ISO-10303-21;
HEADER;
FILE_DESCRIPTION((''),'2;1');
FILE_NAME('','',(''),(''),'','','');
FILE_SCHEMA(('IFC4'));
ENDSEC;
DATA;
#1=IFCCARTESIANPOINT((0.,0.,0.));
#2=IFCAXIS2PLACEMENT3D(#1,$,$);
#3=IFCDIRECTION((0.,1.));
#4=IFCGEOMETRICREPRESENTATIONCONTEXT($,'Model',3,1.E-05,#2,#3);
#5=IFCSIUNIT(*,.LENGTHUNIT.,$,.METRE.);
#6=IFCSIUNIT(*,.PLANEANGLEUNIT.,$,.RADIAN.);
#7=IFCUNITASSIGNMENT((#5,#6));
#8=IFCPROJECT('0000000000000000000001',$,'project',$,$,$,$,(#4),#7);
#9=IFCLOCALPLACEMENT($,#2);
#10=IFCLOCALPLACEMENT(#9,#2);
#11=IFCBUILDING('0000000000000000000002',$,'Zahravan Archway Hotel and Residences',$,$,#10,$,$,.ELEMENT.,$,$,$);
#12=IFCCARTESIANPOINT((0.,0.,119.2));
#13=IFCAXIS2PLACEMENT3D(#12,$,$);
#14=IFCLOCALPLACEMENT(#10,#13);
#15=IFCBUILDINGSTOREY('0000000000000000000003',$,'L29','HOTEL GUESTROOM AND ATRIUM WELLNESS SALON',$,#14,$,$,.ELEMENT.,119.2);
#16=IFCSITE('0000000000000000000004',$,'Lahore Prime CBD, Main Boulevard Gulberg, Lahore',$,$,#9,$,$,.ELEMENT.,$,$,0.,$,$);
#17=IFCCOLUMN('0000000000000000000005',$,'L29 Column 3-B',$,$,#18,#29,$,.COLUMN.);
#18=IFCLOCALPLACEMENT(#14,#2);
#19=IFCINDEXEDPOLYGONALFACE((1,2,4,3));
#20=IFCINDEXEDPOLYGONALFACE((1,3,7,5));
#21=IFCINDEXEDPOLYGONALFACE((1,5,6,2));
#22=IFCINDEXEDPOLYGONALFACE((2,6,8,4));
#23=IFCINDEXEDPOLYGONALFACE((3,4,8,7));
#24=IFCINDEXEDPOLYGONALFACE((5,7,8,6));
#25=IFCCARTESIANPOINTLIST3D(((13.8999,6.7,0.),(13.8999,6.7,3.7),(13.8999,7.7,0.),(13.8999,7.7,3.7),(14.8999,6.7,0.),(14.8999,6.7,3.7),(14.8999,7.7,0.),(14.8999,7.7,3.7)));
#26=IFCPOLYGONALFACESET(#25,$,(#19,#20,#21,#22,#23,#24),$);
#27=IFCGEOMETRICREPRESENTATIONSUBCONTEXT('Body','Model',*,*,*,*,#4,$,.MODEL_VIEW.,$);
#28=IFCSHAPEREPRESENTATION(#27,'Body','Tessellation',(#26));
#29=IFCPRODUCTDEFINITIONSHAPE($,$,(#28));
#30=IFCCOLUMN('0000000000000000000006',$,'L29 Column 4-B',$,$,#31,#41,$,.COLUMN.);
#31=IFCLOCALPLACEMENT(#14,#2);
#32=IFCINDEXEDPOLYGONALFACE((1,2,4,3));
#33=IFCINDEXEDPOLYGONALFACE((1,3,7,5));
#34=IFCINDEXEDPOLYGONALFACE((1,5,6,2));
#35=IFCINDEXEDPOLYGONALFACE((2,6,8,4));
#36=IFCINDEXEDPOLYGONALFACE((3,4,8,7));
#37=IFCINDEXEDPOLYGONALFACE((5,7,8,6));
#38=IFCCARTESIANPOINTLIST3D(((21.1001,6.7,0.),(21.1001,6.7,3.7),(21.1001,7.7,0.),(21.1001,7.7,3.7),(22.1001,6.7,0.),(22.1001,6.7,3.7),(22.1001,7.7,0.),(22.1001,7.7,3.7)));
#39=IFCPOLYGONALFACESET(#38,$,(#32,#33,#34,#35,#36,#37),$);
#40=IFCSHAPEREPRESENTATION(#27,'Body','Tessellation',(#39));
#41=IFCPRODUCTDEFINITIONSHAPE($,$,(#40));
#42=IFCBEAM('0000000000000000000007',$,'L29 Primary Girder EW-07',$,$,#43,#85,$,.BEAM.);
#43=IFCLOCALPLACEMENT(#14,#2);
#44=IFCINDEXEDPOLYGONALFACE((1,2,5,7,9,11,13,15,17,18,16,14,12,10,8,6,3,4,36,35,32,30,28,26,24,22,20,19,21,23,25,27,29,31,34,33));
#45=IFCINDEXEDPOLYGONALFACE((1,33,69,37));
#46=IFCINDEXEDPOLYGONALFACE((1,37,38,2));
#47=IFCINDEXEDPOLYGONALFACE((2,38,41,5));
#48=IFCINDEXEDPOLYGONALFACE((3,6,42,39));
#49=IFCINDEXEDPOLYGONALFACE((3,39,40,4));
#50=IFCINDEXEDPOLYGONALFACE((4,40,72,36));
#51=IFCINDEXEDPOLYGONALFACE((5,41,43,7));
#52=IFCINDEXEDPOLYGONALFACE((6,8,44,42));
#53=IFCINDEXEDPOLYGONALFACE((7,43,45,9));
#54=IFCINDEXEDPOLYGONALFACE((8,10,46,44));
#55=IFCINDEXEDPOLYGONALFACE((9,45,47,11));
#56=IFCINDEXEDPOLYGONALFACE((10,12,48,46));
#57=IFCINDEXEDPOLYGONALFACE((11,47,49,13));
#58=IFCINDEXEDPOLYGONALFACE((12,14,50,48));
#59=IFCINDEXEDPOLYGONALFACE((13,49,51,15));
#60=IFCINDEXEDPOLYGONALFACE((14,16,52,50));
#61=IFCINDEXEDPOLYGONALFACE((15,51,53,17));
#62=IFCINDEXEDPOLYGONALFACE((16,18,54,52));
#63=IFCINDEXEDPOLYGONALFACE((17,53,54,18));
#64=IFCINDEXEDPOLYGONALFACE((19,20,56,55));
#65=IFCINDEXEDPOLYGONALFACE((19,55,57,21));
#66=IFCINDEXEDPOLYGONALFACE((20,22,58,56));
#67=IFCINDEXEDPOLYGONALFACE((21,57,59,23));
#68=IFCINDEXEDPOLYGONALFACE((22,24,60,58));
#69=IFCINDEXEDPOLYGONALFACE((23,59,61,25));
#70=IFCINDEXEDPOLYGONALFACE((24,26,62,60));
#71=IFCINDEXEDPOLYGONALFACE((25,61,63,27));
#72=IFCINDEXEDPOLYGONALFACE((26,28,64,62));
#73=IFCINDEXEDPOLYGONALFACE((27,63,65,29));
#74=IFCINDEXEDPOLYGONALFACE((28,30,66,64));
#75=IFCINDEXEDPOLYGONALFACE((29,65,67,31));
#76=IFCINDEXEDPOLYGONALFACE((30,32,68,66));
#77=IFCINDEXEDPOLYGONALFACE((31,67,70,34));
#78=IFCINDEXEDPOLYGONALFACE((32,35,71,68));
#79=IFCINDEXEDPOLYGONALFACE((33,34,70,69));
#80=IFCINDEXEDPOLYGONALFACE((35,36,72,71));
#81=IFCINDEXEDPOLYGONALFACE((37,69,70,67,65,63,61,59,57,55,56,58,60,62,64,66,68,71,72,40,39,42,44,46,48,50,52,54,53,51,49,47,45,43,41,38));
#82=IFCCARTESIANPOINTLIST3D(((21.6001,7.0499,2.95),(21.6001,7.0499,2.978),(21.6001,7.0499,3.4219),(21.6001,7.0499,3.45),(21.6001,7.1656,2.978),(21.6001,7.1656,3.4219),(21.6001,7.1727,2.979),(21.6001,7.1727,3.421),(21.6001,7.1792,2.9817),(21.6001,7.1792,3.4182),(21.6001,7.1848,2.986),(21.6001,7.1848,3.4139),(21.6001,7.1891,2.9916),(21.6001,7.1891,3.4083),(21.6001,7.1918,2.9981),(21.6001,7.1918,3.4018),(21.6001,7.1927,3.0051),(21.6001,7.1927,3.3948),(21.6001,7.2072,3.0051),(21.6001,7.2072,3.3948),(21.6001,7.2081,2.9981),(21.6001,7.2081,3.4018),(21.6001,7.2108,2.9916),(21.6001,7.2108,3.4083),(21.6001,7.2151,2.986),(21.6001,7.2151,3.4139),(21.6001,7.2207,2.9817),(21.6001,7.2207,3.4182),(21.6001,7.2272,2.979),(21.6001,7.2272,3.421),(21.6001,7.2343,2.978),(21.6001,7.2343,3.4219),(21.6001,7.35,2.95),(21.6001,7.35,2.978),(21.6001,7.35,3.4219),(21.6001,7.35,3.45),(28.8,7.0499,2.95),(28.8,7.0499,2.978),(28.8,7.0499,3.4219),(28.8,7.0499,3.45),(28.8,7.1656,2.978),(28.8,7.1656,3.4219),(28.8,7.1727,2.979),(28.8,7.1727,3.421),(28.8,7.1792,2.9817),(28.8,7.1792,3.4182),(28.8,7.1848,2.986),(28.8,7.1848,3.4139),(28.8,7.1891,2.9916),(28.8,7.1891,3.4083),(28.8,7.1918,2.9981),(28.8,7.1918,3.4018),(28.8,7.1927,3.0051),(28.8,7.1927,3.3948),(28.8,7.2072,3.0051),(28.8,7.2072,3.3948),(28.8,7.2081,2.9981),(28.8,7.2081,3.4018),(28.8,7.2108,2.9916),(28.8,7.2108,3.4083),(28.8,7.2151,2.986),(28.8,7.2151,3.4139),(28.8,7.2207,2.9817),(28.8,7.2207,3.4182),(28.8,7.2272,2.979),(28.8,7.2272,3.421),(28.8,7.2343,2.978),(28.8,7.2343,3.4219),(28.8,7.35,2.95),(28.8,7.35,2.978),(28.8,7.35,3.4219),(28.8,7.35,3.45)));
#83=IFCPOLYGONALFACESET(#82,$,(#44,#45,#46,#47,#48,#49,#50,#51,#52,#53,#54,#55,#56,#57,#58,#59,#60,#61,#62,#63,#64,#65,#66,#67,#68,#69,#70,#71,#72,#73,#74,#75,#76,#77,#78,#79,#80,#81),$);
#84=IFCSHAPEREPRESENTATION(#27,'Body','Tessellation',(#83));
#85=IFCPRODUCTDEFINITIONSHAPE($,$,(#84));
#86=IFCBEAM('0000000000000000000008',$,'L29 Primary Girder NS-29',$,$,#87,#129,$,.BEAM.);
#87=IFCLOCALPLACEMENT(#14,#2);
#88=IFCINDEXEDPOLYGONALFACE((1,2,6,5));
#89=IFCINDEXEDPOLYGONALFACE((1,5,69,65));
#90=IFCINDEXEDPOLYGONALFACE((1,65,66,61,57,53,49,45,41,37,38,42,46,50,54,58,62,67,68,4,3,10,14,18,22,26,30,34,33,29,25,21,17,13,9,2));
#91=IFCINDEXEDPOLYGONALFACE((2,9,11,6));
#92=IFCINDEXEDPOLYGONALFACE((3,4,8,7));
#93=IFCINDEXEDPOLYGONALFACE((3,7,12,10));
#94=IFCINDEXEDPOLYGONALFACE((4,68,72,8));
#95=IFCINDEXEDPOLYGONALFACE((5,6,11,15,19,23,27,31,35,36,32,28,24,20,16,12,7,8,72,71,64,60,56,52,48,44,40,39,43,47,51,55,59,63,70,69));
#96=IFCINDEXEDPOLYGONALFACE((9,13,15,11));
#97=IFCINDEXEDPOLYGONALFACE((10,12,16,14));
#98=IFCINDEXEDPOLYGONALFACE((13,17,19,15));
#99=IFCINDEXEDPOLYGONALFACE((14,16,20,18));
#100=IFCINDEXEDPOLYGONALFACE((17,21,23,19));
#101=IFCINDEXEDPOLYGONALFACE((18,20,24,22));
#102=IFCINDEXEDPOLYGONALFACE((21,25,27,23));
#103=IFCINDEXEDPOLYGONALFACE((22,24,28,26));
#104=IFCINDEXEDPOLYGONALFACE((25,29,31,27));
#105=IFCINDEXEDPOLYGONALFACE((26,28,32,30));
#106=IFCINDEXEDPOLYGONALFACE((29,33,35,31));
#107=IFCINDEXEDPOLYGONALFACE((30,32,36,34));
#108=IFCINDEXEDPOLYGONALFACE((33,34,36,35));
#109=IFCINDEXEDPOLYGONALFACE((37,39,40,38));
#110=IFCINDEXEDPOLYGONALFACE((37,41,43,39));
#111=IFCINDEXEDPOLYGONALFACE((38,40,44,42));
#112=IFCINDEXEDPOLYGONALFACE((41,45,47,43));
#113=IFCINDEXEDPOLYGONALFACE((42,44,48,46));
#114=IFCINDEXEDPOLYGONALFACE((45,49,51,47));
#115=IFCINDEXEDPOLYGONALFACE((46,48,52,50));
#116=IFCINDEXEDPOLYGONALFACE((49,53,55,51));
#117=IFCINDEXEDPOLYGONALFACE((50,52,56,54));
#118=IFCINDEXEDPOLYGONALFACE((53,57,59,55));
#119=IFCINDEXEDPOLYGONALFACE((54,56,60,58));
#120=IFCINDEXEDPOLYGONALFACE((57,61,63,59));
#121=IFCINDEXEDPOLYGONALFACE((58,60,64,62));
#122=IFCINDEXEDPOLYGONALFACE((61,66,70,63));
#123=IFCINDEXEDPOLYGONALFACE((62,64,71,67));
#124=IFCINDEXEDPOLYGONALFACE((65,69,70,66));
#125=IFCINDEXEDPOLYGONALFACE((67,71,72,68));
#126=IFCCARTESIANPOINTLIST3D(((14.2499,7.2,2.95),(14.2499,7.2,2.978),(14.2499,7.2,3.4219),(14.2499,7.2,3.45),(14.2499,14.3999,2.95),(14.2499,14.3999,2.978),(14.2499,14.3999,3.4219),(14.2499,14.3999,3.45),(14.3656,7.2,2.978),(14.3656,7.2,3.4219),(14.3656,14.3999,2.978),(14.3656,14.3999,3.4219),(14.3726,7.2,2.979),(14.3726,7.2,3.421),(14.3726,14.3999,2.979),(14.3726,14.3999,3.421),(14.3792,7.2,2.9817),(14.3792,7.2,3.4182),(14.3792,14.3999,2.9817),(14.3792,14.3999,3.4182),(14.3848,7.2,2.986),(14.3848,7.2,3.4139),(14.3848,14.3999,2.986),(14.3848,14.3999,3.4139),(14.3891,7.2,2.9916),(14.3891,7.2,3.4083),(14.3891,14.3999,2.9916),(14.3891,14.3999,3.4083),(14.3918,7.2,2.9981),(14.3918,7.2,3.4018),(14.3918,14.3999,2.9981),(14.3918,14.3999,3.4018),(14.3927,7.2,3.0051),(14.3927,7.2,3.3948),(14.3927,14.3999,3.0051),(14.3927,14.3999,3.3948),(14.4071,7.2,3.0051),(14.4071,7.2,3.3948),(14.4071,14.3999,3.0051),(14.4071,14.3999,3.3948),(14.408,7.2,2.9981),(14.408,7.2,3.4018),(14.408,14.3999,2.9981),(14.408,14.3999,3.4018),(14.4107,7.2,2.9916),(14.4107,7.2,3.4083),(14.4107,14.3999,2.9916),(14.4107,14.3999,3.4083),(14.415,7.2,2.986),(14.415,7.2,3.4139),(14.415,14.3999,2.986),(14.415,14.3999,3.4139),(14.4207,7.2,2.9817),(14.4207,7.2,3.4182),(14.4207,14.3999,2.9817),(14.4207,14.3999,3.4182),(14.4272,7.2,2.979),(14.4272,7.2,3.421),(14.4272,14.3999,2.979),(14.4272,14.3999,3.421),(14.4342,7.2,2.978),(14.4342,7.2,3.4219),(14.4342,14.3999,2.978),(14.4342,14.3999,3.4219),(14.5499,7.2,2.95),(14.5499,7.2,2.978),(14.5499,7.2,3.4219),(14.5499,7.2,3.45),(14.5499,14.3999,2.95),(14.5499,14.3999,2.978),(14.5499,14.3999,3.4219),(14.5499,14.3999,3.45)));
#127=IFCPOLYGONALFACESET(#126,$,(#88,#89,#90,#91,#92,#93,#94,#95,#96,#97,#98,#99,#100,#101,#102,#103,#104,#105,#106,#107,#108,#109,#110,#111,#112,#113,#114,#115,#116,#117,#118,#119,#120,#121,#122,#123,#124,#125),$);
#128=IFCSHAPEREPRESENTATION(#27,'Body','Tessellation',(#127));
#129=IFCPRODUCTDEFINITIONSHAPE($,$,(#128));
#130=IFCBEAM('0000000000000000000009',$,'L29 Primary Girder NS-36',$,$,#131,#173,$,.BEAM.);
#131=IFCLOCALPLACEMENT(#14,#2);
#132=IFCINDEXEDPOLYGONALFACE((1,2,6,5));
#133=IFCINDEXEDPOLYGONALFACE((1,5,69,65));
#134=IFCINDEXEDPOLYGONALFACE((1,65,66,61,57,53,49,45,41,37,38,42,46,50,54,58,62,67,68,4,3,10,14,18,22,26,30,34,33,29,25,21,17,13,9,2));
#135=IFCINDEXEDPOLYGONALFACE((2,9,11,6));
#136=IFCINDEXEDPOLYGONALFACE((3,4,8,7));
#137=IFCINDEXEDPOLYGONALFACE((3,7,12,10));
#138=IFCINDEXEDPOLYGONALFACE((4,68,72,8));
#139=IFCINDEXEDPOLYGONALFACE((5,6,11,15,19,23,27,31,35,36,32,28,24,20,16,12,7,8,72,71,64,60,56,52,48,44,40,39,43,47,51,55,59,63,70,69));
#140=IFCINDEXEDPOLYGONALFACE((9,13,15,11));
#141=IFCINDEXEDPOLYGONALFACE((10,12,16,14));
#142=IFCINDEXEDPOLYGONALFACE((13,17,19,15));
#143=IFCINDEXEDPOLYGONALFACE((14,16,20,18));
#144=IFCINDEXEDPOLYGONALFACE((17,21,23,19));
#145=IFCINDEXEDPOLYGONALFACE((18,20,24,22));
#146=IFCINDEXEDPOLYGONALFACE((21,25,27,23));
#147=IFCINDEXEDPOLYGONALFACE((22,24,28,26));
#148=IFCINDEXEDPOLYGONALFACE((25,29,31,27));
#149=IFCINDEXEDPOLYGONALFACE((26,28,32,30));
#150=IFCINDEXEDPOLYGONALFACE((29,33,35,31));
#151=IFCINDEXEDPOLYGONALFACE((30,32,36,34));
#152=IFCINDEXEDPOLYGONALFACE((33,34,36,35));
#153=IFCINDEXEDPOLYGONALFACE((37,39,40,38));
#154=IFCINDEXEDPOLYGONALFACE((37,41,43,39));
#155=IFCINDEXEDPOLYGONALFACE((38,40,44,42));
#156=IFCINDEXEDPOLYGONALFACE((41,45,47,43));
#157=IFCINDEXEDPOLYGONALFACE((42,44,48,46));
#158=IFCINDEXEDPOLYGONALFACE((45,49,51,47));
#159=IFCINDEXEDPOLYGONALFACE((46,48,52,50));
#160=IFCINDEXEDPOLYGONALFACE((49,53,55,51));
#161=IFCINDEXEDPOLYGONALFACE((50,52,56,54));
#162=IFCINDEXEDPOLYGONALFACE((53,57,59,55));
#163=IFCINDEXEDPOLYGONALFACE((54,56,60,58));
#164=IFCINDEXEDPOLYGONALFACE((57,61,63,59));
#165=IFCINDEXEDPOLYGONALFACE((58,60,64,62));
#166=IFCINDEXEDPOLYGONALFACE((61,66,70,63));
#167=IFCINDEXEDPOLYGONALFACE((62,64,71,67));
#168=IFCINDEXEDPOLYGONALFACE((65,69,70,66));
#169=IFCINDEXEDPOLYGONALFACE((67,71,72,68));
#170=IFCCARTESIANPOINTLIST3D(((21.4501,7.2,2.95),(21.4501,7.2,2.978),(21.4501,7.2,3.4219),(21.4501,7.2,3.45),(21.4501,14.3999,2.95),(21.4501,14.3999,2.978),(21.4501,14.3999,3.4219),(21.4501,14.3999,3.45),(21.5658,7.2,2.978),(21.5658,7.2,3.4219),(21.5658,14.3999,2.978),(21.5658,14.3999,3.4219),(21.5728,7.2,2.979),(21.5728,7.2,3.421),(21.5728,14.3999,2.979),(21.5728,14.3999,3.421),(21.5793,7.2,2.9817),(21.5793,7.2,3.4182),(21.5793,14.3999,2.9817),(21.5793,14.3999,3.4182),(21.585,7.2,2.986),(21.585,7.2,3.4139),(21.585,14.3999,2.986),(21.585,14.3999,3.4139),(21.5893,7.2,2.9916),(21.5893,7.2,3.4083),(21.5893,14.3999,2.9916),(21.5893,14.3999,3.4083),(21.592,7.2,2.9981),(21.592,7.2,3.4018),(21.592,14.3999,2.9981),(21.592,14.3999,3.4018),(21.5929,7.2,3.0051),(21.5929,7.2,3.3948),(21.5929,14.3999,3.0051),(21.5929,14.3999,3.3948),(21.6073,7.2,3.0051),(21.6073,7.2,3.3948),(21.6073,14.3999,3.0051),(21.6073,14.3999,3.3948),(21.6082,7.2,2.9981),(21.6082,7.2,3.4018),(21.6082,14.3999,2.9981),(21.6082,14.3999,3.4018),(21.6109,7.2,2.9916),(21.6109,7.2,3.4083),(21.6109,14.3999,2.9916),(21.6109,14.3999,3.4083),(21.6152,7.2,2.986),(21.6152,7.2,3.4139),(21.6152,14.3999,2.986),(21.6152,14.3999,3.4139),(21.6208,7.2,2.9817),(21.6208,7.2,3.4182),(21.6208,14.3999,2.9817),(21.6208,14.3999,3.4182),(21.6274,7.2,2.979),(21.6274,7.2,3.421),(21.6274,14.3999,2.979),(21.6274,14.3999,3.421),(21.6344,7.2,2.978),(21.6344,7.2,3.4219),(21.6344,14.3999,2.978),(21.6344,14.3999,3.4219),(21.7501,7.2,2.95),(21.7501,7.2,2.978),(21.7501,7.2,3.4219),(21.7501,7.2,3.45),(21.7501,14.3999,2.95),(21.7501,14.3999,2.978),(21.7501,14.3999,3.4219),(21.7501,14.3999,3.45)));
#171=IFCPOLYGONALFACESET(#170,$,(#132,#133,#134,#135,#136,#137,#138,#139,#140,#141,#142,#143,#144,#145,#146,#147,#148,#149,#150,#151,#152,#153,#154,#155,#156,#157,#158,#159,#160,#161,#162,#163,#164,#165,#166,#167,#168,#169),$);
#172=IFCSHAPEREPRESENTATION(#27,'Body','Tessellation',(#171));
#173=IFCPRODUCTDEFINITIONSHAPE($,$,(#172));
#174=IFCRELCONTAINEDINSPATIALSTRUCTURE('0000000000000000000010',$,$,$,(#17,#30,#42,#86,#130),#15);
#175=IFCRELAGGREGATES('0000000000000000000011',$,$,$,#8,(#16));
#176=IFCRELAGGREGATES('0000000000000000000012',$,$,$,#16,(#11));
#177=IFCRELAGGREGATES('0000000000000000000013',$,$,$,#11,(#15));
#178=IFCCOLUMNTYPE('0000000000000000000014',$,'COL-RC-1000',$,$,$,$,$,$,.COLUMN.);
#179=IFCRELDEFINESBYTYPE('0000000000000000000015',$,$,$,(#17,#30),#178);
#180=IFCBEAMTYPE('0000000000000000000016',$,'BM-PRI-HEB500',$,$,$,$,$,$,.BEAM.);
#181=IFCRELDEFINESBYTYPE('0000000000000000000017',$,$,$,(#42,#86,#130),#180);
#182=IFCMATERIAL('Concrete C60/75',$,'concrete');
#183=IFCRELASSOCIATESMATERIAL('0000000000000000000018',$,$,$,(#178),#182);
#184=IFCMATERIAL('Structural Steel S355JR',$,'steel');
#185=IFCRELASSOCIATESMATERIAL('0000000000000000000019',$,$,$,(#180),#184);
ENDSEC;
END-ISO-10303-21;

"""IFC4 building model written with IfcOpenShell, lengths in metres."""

from ifc_helpers import new_model, si_unit, direction, frame, origin, origin_2d, place, context, subcontext, project, spatial, rectangle, i_section, extrude, source, transform, mapped, material, material_profile, profile_set, type_object, type_shapes, element, save


model = new_model("IFC4")

# Units and contexts
model_context = context("Model", 3, precision=1e-05, world=origin(), true_north=direction((0.0, 1.0)))
body_context = subcontext(model_context, "Body", "Model", "MODEL_VIEW")
ifc_project = project(units=[si_unit("LENGTHUNIT", "METRE"), si_unit("PLANEANGLEUNIT", "RADIAN")], contexts=[model_context])

# Site, building, storey
site_placement = place(None, origin())
site = spatial("IfcSite", under=ifc_project, at=site_placement, Name="Lahore Prime CBD, Main Boulevard Gulberg, Lahore", CompositionType="ELEMENT", RefElevation=0.0)
building_placement = place(site_placement, origin())
building = spatial("IfcBuilding", under=site, at=building_placement, Name="Zahravan Archway Hotel and Residences", CompositionType="ELEMENT")
storey_placement = place(building_placement, frame((0.0, 0.0, 119.2)))
storey = spatial("IfcBuildingStorey", under=building, at=storey_placement, Name="L29", Description="HOTEL GUESTROOM AND ATRIUM WELLNESS SALON", CompositionType="ELEMENT", Elevation=119.2)

# Columns
ifc_material_1 = material(Name="Concrete C60/75", Category="concrete")
ifc_material_profile_1 = material_profile(ifc_material_1, rectangle(XDim=1.0, YDim=1.0, at=origin_2d()), Name="RC-COL-1000x1000", Category="concrete")
ifc_profile_set_1 = profile_set([ifc_material_profile_1], Name="Concrete C60/75")
column_type = type_object("IfcColumnType", Name="COL-RC-1000", PredefinedType="COLUMN", material=ifc_profile_set_1)
shared_shape_1 = source(origin(), body_context, "Body", "SweptSolid", [
    extrude(rectangle(XDim=1.0, YDim=1.0, at=origin_2d()), origin(), (0.0, 0.0, 1.0), 3.7),
])
type_shapes(column_type, [shared_shape_1])
for number, where, z_axis, x_axis, name in (
    (1, (14.3999, 7.2, 0.0), (0.0, 0.0, 1.0), (1.0, 0.0, 0.0), "L29 Column 3-B"),
    (2, (21.6001, 7.2, 0.0), (0.0, 0.0, 1.0), (1.0, 0.0, 0.0), "L29 Column 4-B"),
):
    element("IfcColumn", number, at=place(storey_placement, frame(where, z_axis=z_axis, x_axis=x_axis)), inside=storey, type_object=column_type, Name=name, PredefinedType="COLUMN", context=body_context, shape_type="MappedRepresentation", body=[
        mapped(shared_shape_1, transform((0.0, 0.0, 0.0), scale=1.0)),
    ])

# Beams
ifc_material_2 = material(Name="Structural Steel S355JR", Category="steel")
ifc_material_profile_2 = material_profile(ifc_material_2, i_section(OverallWidth=0.3, OverallDepth=0.5, WebThickness=0.0144, FlangeThickness=0.0281, FilletRadius=0.0271, at=origin_2d()), Name="HEB 500", Category="steel")
ifc_profile_set_2 = profile_set([ifc_material_profile_2], Name="Structural Steel S355JR")
beam_type_1 = type_object("IfcBeamType", Name="BM-PRI-HEB500", PredefinedType="BEAM", material=ifc_profile_set_2)
shared_shape_2 = source(origin(), body_context, "Body", "SweptSolid", [
    extrude(i_section(OverallWidth=0.3, OverallDepth=0.5, WebThickness=0.0144, FlangeThickness=0.0281, FilletRadius=0.0271, at=origin_2d()), origin(), (0.0, 0.0, 1.0), 7.2),
])
for number, where, z_axis, x_axis, name in (
    (3, (21.6001, 7.2, 3.2), (1.0, 0.0, 0.0), (0.0, 1.0, 0.0), "L29 Primary Girder EW-07"),
    (4, (14.3999, 7.2, 3.2), (0.0, 1.0, 0.0), (-1.0, 0.0, 0.0), "L29 Primary Girder NS-29"),
    (5, (21.6001, 7.2, 3.2), (0.0, 1.0, 0.0), (-1.0, 0.0, 0.0), "L29 Primary Girder NS-36"),
):
    element("IfcBeam", number, at=place(storey_placement, frame(where, z_axis=z_axis, x_axis=x_axis)), inside=storey, type_object=beam_type_1, Name=name, PredefinedType="BEAM", context=body_context, shape_type="MappedRepresentation", body=[
        mapped(shared_shape_2, transform((0.0, 0.0, 0.0), scale=1.0)),
    ])

save(model, "model.ifc")
